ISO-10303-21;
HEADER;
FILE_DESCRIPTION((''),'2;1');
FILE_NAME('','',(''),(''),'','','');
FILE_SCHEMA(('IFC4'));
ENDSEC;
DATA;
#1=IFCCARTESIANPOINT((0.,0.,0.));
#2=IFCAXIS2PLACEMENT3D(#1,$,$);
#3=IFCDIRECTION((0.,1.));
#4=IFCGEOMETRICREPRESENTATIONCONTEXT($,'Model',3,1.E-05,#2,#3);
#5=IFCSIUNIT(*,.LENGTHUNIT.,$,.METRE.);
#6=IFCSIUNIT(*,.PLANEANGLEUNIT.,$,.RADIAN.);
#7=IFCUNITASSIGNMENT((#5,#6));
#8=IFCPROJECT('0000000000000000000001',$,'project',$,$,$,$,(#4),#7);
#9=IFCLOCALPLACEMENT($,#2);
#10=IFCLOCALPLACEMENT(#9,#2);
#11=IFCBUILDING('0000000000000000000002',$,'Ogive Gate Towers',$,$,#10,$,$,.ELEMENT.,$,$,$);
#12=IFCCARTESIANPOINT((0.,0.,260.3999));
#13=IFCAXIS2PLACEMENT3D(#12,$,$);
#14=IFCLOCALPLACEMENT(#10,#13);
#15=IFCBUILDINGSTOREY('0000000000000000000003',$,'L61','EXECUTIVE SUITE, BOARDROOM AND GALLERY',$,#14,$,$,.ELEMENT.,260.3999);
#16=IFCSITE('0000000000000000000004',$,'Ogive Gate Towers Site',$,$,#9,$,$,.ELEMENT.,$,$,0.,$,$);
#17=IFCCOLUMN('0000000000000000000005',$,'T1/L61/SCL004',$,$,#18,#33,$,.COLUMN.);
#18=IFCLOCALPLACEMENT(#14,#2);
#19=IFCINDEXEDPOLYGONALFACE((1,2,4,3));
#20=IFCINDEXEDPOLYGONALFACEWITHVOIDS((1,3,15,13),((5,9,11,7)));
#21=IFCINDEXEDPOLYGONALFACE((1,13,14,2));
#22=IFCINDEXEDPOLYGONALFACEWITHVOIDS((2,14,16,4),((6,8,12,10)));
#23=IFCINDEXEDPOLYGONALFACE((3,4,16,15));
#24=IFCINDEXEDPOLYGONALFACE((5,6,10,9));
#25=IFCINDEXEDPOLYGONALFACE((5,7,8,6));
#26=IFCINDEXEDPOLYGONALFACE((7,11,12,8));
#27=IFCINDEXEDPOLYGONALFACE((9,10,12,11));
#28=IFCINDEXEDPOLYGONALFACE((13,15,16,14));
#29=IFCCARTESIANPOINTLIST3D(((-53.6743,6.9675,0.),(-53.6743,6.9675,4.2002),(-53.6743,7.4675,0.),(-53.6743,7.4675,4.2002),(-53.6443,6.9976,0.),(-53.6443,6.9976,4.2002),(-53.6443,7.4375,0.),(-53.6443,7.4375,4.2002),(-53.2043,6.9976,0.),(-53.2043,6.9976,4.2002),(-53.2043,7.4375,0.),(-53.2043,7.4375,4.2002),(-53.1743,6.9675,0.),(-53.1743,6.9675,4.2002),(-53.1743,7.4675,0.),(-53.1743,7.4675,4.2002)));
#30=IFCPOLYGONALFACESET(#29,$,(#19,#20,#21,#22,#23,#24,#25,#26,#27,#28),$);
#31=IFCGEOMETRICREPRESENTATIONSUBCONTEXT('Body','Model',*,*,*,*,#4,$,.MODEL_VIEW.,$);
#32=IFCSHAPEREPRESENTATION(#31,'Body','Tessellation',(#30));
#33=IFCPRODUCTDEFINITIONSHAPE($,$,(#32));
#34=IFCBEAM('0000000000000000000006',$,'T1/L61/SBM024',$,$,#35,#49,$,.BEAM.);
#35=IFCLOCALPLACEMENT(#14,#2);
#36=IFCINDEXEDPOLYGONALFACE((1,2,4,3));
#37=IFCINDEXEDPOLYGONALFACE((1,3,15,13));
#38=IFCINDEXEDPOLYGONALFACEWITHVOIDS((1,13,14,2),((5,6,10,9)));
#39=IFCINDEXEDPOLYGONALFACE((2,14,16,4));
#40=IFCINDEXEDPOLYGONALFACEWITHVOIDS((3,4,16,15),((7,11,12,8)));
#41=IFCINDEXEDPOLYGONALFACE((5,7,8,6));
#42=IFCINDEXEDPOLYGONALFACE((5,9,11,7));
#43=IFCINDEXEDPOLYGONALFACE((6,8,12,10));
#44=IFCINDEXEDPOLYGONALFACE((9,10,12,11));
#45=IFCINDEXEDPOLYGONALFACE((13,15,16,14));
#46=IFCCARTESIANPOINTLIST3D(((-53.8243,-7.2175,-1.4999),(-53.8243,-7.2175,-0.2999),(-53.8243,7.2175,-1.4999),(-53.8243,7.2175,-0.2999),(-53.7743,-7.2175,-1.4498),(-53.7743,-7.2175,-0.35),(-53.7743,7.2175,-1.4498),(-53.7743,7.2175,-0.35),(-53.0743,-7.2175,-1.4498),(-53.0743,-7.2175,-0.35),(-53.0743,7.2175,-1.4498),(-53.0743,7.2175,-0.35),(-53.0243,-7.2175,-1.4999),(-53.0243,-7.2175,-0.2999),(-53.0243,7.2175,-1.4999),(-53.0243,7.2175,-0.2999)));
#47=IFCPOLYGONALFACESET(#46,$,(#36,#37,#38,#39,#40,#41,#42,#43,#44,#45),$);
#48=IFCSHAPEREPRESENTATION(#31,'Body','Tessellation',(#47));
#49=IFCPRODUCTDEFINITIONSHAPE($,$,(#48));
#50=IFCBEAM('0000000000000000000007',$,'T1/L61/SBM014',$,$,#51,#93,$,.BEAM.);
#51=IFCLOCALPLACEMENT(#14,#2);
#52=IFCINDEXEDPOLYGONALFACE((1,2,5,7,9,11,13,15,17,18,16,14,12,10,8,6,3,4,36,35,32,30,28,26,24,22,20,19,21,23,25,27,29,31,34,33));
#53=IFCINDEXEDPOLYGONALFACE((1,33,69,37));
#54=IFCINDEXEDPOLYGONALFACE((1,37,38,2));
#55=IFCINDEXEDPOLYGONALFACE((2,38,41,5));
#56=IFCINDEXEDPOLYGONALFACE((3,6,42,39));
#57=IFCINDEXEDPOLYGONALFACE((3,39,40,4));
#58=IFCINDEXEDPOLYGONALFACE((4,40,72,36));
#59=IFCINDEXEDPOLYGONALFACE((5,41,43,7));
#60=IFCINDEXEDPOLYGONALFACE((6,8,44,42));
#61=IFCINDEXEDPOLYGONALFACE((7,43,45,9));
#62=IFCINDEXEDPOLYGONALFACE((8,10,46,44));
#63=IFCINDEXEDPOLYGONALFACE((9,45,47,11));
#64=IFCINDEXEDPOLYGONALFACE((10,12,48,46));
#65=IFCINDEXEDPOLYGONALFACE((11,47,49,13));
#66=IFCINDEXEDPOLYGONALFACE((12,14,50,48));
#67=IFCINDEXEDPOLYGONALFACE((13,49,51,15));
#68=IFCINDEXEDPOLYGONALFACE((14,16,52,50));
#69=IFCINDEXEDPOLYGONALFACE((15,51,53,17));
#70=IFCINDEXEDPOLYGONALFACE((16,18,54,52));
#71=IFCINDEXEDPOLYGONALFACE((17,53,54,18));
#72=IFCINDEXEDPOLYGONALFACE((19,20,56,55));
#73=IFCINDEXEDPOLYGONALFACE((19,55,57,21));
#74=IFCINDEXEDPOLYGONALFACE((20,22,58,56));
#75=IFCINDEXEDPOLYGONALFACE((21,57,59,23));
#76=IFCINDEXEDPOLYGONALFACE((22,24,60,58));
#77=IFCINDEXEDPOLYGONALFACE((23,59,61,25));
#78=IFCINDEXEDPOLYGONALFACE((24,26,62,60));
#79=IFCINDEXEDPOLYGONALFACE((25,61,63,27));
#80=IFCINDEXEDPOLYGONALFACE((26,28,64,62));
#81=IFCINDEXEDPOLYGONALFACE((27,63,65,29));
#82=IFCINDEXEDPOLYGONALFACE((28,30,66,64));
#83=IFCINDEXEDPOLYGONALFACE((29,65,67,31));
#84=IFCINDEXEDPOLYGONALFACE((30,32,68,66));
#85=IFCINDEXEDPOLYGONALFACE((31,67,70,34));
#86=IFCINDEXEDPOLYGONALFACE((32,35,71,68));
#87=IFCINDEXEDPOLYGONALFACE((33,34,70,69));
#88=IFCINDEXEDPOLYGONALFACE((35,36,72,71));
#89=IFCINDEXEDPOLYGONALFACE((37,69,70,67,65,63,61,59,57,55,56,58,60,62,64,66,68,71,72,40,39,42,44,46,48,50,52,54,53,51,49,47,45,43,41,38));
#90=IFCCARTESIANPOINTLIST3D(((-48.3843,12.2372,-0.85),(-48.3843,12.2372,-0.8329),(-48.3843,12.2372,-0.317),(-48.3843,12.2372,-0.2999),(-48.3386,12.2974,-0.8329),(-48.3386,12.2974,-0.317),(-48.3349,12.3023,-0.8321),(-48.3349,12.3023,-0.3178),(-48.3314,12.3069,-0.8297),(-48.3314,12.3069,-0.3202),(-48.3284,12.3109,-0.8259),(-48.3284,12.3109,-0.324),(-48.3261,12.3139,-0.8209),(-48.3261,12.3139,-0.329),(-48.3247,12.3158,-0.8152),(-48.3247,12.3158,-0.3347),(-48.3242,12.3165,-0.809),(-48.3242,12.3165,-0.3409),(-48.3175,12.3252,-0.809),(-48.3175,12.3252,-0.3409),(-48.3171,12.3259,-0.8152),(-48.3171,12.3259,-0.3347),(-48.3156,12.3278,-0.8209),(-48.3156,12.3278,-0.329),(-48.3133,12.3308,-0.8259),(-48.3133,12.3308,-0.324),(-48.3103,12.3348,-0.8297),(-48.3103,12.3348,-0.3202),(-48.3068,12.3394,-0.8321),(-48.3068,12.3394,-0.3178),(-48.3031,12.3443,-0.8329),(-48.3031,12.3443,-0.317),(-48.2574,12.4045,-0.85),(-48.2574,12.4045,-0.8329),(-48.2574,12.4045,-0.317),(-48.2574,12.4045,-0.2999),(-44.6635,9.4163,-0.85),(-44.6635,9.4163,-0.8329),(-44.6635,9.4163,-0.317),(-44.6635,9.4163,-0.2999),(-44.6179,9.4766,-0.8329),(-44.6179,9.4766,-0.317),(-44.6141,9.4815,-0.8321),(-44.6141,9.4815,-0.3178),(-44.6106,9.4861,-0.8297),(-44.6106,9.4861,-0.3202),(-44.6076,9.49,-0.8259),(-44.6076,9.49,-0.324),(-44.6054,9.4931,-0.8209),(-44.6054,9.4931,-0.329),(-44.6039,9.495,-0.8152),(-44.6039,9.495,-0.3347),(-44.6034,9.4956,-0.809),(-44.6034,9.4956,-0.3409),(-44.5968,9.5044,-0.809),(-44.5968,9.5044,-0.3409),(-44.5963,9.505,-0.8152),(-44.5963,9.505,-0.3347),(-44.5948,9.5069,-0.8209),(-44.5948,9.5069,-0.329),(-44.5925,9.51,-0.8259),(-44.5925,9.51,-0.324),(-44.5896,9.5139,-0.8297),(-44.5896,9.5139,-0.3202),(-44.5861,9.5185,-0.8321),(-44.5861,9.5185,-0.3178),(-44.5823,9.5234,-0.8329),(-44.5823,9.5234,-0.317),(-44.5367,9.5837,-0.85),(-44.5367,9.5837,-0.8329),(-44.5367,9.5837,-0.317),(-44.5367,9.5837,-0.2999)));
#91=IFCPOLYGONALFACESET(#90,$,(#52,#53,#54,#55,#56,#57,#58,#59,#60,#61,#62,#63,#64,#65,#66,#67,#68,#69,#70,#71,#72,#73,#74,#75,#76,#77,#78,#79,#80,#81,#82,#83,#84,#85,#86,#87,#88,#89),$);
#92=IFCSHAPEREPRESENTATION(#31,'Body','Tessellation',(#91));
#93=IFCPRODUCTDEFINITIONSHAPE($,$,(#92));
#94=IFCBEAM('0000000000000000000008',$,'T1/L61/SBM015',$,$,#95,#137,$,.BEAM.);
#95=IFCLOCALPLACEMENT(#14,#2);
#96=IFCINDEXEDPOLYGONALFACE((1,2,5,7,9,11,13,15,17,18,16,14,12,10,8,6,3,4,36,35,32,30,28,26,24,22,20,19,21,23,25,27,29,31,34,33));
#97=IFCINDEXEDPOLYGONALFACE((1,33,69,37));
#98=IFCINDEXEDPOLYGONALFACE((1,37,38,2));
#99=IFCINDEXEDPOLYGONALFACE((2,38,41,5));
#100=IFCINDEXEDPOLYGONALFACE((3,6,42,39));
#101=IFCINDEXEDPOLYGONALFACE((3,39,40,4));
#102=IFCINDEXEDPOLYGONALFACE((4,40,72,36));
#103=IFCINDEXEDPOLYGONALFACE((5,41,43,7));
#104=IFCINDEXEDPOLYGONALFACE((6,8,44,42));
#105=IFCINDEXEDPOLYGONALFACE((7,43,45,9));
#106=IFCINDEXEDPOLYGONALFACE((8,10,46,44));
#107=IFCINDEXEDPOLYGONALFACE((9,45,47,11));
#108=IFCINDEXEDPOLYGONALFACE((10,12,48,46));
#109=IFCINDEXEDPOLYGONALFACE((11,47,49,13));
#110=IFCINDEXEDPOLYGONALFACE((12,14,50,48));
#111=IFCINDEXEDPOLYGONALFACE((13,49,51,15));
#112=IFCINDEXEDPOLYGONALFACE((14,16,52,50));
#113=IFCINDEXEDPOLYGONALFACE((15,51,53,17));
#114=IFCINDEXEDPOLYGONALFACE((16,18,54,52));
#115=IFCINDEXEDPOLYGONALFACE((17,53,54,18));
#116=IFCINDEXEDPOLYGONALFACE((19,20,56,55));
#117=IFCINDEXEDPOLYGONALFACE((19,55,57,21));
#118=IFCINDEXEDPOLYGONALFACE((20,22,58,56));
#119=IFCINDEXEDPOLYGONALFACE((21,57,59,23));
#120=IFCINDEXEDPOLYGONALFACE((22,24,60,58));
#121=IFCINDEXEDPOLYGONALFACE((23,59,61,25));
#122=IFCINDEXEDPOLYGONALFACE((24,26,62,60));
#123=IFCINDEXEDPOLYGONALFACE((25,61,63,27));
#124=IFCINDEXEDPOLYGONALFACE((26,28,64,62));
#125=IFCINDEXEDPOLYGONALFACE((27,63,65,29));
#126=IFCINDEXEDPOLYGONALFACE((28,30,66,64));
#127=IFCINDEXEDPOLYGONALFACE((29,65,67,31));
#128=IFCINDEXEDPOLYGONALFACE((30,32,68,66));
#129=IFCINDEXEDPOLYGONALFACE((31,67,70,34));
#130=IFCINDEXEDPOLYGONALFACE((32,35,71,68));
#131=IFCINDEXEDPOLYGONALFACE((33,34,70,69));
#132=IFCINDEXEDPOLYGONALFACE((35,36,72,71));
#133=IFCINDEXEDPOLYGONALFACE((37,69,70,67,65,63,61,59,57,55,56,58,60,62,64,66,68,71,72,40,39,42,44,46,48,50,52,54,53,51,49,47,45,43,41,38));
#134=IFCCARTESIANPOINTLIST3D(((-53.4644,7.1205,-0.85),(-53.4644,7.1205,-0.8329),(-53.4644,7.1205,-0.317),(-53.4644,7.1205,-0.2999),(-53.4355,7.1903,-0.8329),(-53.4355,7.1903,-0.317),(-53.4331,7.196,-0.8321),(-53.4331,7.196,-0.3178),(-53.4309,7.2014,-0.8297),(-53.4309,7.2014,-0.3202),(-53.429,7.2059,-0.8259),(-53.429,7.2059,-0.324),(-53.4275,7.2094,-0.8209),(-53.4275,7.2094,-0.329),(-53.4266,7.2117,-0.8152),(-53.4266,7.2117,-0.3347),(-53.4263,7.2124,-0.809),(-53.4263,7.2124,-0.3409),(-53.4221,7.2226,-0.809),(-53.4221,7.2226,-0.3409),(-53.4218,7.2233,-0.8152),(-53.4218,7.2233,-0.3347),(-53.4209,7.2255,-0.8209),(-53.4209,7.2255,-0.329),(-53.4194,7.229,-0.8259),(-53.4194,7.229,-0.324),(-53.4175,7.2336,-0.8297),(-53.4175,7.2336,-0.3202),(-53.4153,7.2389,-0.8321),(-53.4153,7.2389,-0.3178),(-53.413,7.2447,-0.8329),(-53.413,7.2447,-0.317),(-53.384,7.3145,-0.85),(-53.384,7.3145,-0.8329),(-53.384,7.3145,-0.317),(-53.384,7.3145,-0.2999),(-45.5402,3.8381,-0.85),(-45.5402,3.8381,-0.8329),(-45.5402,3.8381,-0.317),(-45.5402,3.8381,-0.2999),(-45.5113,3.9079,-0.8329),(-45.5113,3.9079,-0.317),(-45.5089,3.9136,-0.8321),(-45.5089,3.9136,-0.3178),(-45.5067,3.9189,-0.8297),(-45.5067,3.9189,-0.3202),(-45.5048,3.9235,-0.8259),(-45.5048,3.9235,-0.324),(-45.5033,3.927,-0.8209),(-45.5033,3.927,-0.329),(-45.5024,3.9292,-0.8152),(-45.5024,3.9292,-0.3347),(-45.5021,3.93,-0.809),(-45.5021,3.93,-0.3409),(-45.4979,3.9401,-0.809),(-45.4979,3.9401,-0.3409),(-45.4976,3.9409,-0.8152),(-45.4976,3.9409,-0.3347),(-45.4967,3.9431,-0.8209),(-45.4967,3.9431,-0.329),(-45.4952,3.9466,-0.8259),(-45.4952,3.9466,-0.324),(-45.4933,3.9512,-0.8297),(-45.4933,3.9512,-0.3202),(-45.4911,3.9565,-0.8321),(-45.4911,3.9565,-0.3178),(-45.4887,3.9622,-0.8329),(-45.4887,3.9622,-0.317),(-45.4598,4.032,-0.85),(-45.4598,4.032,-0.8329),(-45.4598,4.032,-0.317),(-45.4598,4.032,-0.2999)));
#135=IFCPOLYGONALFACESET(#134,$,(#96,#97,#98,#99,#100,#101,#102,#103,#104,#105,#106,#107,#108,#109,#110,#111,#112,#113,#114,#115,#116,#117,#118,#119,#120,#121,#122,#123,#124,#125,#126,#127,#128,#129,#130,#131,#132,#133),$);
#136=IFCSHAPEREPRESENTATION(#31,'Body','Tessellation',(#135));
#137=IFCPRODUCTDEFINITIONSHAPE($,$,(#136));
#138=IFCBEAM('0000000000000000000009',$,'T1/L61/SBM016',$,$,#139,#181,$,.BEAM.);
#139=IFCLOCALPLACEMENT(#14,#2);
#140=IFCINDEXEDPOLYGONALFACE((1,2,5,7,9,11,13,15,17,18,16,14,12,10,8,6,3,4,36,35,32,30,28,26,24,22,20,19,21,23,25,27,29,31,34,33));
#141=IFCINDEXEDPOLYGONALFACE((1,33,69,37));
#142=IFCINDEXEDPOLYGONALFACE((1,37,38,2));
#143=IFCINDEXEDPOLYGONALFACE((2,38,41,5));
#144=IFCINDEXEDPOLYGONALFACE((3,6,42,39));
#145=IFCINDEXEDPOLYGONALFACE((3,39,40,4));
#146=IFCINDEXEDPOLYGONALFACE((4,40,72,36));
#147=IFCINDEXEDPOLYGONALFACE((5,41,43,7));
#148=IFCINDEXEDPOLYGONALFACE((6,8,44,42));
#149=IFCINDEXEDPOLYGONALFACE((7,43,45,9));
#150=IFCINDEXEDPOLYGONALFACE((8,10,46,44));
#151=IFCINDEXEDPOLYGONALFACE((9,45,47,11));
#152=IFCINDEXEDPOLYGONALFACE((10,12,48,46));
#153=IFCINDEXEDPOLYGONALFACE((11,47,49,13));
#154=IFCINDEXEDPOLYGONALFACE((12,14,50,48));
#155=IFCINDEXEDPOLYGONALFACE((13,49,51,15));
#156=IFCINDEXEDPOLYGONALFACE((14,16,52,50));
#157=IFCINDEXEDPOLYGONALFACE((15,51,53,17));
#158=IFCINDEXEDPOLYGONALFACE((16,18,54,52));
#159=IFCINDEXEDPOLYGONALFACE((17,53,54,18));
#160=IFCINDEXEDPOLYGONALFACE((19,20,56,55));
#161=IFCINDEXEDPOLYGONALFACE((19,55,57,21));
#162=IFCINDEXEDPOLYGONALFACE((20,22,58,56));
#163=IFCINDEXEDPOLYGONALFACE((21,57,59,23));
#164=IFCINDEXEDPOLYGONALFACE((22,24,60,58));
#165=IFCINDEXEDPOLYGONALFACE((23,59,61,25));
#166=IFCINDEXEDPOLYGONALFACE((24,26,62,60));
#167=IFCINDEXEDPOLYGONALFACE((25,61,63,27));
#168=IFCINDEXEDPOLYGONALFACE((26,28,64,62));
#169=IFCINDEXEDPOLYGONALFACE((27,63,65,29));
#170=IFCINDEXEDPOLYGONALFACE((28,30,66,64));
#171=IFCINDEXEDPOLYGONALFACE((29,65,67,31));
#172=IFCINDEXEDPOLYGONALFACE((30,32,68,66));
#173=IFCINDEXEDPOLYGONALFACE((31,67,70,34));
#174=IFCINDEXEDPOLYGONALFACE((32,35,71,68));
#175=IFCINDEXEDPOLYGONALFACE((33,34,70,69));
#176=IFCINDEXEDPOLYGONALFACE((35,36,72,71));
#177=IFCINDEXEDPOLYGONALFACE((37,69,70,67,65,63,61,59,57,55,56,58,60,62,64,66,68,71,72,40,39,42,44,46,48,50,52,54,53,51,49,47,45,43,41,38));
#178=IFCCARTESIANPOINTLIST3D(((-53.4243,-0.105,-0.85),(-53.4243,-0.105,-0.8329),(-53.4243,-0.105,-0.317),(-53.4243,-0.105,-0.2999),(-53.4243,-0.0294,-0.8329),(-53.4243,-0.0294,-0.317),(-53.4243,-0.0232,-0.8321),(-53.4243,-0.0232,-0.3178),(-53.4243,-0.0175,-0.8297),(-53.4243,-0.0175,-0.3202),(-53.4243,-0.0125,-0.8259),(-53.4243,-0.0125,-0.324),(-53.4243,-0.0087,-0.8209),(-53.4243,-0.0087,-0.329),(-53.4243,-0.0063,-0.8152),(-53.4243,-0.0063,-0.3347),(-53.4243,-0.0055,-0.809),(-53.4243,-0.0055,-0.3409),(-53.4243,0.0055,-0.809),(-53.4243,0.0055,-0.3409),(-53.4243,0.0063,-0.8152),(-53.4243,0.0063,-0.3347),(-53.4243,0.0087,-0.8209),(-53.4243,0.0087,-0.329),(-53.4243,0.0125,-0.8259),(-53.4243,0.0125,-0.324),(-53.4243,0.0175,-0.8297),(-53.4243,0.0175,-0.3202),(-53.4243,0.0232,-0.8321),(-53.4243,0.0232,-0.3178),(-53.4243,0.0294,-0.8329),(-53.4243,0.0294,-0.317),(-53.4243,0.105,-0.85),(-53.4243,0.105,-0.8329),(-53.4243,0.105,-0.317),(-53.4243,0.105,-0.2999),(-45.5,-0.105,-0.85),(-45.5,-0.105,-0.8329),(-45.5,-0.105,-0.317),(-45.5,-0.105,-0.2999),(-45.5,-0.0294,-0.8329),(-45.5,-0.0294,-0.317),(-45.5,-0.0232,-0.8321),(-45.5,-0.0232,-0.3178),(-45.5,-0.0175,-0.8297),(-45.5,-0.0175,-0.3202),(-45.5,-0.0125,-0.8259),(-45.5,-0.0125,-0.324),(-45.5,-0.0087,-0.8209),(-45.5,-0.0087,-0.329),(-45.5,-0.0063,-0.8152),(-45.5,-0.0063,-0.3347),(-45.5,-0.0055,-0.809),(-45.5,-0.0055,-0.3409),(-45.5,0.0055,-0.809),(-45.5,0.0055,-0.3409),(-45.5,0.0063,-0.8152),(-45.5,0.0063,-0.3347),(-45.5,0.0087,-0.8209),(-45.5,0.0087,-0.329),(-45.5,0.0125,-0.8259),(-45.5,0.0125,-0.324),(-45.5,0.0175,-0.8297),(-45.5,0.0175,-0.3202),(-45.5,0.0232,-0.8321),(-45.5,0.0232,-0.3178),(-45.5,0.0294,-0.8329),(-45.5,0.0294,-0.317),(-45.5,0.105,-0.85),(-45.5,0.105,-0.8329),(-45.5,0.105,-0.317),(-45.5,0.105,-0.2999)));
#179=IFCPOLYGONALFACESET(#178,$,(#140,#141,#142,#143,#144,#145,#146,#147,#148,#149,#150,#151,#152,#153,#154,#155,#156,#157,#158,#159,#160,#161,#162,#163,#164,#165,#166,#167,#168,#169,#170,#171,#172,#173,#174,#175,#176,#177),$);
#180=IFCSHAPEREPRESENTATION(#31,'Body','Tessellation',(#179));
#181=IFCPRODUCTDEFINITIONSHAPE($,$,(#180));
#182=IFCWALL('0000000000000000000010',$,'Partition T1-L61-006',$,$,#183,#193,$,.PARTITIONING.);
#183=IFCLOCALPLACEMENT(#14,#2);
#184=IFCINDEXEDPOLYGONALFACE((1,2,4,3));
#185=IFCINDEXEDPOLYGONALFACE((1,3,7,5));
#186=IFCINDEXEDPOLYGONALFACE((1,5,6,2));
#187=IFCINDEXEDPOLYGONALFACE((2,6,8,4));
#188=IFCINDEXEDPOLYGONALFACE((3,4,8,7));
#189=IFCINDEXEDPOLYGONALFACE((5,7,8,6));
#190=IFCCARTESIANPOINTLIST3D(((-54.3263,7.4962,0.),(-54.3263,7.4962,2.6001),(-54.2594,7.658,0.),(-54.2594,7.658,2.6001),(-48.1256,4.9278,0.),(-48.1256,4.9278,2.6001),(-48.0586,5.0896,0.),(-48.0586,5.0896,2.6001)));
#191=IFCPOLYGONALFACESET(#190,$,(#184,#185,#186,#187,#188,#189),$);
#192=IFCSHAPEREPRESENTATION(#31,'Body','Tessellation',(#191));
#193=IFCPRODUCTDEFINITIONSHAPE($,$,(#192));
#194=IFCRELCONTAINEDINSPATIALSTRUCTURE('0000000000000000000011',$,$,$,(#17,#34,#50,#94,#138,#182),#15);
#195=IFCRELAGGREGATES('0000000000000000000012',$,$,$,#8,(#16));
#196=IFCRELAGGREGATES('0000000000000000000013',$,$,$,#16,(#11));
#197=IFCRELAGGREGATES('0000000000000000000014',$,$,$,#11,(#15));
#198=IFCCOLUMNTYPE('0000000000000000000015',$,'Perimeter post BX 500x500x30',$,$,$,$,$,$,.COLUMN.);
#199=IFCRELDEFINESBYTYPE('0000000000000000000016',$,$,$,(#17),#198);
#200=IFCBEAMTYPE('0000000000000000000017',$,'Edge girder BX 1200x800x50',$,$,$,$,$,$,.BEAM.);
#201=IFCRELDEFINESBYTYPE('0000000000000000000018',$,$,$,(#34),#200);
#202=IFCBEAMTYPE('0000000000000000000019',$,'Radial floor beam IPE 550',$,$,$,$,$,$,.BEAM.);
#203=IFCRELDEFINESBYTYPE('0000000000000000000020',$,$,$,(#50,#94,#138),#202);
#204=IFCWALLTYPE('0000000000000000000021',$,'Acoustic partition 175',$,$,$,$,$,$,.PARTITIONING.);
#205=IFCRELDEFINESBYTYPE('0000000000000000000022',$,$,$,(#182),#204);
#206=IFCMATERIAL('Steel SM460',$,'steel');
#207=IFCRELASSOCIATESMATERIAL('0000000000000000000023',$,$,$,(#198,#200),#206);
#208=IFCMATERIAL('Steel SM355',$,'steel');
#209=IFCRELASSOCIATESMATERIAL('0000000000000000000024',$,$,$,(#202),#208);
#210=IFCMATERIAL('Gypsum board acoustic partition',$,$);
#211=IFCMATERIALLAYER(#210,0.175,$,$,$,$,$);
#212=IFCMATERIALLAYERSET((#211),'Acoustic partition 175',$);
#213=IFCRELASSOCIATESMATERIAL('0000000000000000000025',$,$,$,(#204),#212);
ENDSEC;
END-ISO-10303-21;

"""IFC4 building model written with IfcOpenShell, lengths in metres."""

from ifc_helpers import new_model, si_unit, direction, frame, frame_2d, origin, origin_2d, place, context, subcontext, project, spatial, rectangle, hollow_rectangle, i_section, extrude, material, layer, layer_set, material_profile, profile_set, type_object, element, save


model = new_model("IFC4")

# Units and contexts
model_context = context("Model", 3, precision=1e-05, world=origin(), true_north=direction((0.0, 1.0)))
body_context = subcontext(model_context, "Body", "Model", "MODEL_VIEW")
ifc_project = project(units=[si_unit("LENGTHUNIT", "METRE"), si_unit("PLANEANGLEUNIT", "RADIAN")], contexts=[model_context])

# Site, building, storey
site_placement = place(None, origin())
site = spatial("IfcSite", under=ifc_project, at=site_placement, Name="Ogive Gate Towers Site", CompositionType="ELEMENT", RefElevation=0.0)
building_placement = place(site_placement, origin())
building = spatial("IfcBuilding", under=site, at=building_placement, Name="Ogive Gate Towers", CompositionType="ELEMENT")
storey_placement = place(building_placement, frame((0.0, 0.0, 260.3999)))
storey = spatial("IfcBuildingStorey", under=building, at=storey_placement, Name="L61", Description="EXECUTIVE SUITE, BOARDROOM AND GALLERY", CompositionType="ELEMENT", Elevation=260.3999)

# Column
ifc_material_1 = material(Name="Steel SM460", Category="steel")
ifc_material_profile_1 = material_profile(ifc_material_1, hollow_rectangle(XDim=0.5, YDim=0.5, WallThickness=0.03, at=origin_2d()), Name="BX 500x500x30")
ifc_profile_set_1 = profile_set([ifc_material_profile_1], Name="Steel SM460")
column_type = type_object("IfcColumnType", Name="Perimeter post BX 500x500x30", PredefinedType="COLUMN", material=ifc_profile_set_1)
column_placement = place(storey_placement, frame((-53.4243, 7.2175, 0.0), z_axis=(0.0, 0.0, 1.0), x_axis=(1.0, 0.0, 0.0)))
element("IfcColumn", 1, at=column_placement, inside=storey, type_object=column_type, Name="T1/L61/SCL004", PredefinedType="COLUMN", context=body_context, shape_type="SweptSolid", body=[
    extrude(hollow_rectangle(XDim=0.5, YDim=0.5, WallThickness=0.03, at=origin_2d()), origin(), (0.0, 0.0, 1.0), 4.2002),
])

# Beams
ifc_material_profile_2 = material_profile(ifc_material_1, hollow_rectangle(XDim=0.8, YDim=1.2, WallThickness=0.05, at=origin_2d()), Name="BX 1200x800x50")
ifc_profile_set_2 = profile_set([ifc_material_profile_2], Name="Steel SM460")
beam_type_1 = type_object("IfcBeamType", Name="Edge girder BX 1200x800x50", PredefinedType="BEAM", material=ifc_profile_set_2)
beam_1_placement = place(storey_placement, frame((-53.4243, 7.2175, -0.8999), z_axis=(0.0, -1.0, 0.0), x_axis=(1.0, 0.0, 0.0)))
element("IfcBeam", 2, at=beam_1_placement, inside=storey, type_object=beam_type_1, Name="T1/L61/SBM024", PredefinedType="BEAM", context=body_context, shape_type="SweptSolid", body=[
    extrude(hollow_rectangle(XDim=0.8, YDim=1.2, WallThickness=0.05, at=origin_2d()), origin(), (0.0, 0.0, 1.0), 14.4351),
])
ifc_material_2 = material(Name="Steel SM355", Category="steel")
ifc_material_profile_3 = material_profile(ifc_material_2, i_section(OverallWidth=0.21, OverallDepth=0.55, WebThickness=0.011, FlangeThickness=0.0171, FilletRadius=0.0239, at=origin_2d()), Name="IPE 550")
ifc_profile_set_3 = profile_set([ifc_material_profile_3], Name="Steel SM355")
beam_type_2 = type_object("IfcBeamType", Name="Radial floor beam IPE 550", PredefinedType="BEAM", material=ifc_profile_set_3)
beam_2_placement = place(storey_placement, frame((-44.6001, 9.5, -0.575), z_axis=(-0.796877, 0.604142, 0.0), x_axis=(-0.604142, -0.796877, 0.0)))
element("IfcBeam", 3, at=beam_2_placement, inside=storey, type_object=beam_type_2, Name="T1/L61/SBM014", PredefinedType="BEAM", context=body_context, shape_type="SweptSolid", body=[
    extrude(i_section(OverallWidth=0.21, OverallDepth=0.55, WebThickness=0.011, FlangeThickness=0.0171, FilletRadius=0.0239, at=origin_2d()), origin(), (0.0, 0.0, 1.0), 4.6692),
])
beam_3_placement = place(storey_placement, frame((-45.5, 3.9351, -0.575), z_axis=(-0.923875, 0.382695, 0.0), x_axis=(-0.382695, -0.923875, 0.0)))
element("IfcBeam", 4, at=beam_3_placement, inside=storey, type_object=beam_type_2, Name="T1/L61/SBM015", PredefinedType="BEAM", context=body_context, shape_type="SweptSolid", body=[
    extrude(i_section(OverallWidth=0.21, OverallDepth=0.55, WebThickness=0.011, FlangeThickness=0.0171, FilletRadius=0.0239, at=origin_2d()), origin(), (0.0, 0.0, 1.0), 8.5771),
])
beam_4_placement = place(storey_placement, frame((-45.5, 0.0, -0.575), z_axis=(-1.0, 0.0, 0.0), x_axis=(0.0, -1.0, 0.0)))
element("IfcBeam", 5, at=beam_4_placement, inside=storey, type_object=beam_type_2, Name="T1/L61/SBM016", PredefinedType="BEAM", context=body_context, shape_type="SweptSolid", body=[
    extrude(i_section(OverallWidth=0.21, OverallDepth=0.55, WebThickness=0.011, FlangeThickness=0.0171, FilletRadius=0.0239, at=origin_2d()), origin(), (0.0, 0.0, 1.0), 7.9243),
])

# Wall
ifc_material_3 = material(Name="Gypsum board acoustic partition")
ifc_layer_1 = layer(ifc_material_3, 0.175)
ifc_layer_set_1 = layer_set([ifc_layer_1], Name="Acoustic partition 175")
wall_type_1 = type_object("IfcWallType", Name="Acoustic partition 175", PredefinedType="PARTITIONING", material=ifc_layer_set_1)
wall_1_placement = place(storey_placement, frame((-54.293, 7.5771, 0.0), z_axis=(0.0, 0.0, 1.0), x_axis=(0.923882, -0.382677, 0.0)))
element("IfcWall", 6, at=wall_1_placement, inside=storey, type_object=wall_type_1, Name="Partition T1-L61-006", PredefinedType="PARTITIONING", context=body_context, shape_type="SweptSolid", body=[
    extrude(rectangle(XDim=6.7117, YDim=0.175, at=frame_2d((3.356, 0.0))), origin(), (0.0, 0.0, 1.0), 2.6001),
])

save(model, "model.ifc")
